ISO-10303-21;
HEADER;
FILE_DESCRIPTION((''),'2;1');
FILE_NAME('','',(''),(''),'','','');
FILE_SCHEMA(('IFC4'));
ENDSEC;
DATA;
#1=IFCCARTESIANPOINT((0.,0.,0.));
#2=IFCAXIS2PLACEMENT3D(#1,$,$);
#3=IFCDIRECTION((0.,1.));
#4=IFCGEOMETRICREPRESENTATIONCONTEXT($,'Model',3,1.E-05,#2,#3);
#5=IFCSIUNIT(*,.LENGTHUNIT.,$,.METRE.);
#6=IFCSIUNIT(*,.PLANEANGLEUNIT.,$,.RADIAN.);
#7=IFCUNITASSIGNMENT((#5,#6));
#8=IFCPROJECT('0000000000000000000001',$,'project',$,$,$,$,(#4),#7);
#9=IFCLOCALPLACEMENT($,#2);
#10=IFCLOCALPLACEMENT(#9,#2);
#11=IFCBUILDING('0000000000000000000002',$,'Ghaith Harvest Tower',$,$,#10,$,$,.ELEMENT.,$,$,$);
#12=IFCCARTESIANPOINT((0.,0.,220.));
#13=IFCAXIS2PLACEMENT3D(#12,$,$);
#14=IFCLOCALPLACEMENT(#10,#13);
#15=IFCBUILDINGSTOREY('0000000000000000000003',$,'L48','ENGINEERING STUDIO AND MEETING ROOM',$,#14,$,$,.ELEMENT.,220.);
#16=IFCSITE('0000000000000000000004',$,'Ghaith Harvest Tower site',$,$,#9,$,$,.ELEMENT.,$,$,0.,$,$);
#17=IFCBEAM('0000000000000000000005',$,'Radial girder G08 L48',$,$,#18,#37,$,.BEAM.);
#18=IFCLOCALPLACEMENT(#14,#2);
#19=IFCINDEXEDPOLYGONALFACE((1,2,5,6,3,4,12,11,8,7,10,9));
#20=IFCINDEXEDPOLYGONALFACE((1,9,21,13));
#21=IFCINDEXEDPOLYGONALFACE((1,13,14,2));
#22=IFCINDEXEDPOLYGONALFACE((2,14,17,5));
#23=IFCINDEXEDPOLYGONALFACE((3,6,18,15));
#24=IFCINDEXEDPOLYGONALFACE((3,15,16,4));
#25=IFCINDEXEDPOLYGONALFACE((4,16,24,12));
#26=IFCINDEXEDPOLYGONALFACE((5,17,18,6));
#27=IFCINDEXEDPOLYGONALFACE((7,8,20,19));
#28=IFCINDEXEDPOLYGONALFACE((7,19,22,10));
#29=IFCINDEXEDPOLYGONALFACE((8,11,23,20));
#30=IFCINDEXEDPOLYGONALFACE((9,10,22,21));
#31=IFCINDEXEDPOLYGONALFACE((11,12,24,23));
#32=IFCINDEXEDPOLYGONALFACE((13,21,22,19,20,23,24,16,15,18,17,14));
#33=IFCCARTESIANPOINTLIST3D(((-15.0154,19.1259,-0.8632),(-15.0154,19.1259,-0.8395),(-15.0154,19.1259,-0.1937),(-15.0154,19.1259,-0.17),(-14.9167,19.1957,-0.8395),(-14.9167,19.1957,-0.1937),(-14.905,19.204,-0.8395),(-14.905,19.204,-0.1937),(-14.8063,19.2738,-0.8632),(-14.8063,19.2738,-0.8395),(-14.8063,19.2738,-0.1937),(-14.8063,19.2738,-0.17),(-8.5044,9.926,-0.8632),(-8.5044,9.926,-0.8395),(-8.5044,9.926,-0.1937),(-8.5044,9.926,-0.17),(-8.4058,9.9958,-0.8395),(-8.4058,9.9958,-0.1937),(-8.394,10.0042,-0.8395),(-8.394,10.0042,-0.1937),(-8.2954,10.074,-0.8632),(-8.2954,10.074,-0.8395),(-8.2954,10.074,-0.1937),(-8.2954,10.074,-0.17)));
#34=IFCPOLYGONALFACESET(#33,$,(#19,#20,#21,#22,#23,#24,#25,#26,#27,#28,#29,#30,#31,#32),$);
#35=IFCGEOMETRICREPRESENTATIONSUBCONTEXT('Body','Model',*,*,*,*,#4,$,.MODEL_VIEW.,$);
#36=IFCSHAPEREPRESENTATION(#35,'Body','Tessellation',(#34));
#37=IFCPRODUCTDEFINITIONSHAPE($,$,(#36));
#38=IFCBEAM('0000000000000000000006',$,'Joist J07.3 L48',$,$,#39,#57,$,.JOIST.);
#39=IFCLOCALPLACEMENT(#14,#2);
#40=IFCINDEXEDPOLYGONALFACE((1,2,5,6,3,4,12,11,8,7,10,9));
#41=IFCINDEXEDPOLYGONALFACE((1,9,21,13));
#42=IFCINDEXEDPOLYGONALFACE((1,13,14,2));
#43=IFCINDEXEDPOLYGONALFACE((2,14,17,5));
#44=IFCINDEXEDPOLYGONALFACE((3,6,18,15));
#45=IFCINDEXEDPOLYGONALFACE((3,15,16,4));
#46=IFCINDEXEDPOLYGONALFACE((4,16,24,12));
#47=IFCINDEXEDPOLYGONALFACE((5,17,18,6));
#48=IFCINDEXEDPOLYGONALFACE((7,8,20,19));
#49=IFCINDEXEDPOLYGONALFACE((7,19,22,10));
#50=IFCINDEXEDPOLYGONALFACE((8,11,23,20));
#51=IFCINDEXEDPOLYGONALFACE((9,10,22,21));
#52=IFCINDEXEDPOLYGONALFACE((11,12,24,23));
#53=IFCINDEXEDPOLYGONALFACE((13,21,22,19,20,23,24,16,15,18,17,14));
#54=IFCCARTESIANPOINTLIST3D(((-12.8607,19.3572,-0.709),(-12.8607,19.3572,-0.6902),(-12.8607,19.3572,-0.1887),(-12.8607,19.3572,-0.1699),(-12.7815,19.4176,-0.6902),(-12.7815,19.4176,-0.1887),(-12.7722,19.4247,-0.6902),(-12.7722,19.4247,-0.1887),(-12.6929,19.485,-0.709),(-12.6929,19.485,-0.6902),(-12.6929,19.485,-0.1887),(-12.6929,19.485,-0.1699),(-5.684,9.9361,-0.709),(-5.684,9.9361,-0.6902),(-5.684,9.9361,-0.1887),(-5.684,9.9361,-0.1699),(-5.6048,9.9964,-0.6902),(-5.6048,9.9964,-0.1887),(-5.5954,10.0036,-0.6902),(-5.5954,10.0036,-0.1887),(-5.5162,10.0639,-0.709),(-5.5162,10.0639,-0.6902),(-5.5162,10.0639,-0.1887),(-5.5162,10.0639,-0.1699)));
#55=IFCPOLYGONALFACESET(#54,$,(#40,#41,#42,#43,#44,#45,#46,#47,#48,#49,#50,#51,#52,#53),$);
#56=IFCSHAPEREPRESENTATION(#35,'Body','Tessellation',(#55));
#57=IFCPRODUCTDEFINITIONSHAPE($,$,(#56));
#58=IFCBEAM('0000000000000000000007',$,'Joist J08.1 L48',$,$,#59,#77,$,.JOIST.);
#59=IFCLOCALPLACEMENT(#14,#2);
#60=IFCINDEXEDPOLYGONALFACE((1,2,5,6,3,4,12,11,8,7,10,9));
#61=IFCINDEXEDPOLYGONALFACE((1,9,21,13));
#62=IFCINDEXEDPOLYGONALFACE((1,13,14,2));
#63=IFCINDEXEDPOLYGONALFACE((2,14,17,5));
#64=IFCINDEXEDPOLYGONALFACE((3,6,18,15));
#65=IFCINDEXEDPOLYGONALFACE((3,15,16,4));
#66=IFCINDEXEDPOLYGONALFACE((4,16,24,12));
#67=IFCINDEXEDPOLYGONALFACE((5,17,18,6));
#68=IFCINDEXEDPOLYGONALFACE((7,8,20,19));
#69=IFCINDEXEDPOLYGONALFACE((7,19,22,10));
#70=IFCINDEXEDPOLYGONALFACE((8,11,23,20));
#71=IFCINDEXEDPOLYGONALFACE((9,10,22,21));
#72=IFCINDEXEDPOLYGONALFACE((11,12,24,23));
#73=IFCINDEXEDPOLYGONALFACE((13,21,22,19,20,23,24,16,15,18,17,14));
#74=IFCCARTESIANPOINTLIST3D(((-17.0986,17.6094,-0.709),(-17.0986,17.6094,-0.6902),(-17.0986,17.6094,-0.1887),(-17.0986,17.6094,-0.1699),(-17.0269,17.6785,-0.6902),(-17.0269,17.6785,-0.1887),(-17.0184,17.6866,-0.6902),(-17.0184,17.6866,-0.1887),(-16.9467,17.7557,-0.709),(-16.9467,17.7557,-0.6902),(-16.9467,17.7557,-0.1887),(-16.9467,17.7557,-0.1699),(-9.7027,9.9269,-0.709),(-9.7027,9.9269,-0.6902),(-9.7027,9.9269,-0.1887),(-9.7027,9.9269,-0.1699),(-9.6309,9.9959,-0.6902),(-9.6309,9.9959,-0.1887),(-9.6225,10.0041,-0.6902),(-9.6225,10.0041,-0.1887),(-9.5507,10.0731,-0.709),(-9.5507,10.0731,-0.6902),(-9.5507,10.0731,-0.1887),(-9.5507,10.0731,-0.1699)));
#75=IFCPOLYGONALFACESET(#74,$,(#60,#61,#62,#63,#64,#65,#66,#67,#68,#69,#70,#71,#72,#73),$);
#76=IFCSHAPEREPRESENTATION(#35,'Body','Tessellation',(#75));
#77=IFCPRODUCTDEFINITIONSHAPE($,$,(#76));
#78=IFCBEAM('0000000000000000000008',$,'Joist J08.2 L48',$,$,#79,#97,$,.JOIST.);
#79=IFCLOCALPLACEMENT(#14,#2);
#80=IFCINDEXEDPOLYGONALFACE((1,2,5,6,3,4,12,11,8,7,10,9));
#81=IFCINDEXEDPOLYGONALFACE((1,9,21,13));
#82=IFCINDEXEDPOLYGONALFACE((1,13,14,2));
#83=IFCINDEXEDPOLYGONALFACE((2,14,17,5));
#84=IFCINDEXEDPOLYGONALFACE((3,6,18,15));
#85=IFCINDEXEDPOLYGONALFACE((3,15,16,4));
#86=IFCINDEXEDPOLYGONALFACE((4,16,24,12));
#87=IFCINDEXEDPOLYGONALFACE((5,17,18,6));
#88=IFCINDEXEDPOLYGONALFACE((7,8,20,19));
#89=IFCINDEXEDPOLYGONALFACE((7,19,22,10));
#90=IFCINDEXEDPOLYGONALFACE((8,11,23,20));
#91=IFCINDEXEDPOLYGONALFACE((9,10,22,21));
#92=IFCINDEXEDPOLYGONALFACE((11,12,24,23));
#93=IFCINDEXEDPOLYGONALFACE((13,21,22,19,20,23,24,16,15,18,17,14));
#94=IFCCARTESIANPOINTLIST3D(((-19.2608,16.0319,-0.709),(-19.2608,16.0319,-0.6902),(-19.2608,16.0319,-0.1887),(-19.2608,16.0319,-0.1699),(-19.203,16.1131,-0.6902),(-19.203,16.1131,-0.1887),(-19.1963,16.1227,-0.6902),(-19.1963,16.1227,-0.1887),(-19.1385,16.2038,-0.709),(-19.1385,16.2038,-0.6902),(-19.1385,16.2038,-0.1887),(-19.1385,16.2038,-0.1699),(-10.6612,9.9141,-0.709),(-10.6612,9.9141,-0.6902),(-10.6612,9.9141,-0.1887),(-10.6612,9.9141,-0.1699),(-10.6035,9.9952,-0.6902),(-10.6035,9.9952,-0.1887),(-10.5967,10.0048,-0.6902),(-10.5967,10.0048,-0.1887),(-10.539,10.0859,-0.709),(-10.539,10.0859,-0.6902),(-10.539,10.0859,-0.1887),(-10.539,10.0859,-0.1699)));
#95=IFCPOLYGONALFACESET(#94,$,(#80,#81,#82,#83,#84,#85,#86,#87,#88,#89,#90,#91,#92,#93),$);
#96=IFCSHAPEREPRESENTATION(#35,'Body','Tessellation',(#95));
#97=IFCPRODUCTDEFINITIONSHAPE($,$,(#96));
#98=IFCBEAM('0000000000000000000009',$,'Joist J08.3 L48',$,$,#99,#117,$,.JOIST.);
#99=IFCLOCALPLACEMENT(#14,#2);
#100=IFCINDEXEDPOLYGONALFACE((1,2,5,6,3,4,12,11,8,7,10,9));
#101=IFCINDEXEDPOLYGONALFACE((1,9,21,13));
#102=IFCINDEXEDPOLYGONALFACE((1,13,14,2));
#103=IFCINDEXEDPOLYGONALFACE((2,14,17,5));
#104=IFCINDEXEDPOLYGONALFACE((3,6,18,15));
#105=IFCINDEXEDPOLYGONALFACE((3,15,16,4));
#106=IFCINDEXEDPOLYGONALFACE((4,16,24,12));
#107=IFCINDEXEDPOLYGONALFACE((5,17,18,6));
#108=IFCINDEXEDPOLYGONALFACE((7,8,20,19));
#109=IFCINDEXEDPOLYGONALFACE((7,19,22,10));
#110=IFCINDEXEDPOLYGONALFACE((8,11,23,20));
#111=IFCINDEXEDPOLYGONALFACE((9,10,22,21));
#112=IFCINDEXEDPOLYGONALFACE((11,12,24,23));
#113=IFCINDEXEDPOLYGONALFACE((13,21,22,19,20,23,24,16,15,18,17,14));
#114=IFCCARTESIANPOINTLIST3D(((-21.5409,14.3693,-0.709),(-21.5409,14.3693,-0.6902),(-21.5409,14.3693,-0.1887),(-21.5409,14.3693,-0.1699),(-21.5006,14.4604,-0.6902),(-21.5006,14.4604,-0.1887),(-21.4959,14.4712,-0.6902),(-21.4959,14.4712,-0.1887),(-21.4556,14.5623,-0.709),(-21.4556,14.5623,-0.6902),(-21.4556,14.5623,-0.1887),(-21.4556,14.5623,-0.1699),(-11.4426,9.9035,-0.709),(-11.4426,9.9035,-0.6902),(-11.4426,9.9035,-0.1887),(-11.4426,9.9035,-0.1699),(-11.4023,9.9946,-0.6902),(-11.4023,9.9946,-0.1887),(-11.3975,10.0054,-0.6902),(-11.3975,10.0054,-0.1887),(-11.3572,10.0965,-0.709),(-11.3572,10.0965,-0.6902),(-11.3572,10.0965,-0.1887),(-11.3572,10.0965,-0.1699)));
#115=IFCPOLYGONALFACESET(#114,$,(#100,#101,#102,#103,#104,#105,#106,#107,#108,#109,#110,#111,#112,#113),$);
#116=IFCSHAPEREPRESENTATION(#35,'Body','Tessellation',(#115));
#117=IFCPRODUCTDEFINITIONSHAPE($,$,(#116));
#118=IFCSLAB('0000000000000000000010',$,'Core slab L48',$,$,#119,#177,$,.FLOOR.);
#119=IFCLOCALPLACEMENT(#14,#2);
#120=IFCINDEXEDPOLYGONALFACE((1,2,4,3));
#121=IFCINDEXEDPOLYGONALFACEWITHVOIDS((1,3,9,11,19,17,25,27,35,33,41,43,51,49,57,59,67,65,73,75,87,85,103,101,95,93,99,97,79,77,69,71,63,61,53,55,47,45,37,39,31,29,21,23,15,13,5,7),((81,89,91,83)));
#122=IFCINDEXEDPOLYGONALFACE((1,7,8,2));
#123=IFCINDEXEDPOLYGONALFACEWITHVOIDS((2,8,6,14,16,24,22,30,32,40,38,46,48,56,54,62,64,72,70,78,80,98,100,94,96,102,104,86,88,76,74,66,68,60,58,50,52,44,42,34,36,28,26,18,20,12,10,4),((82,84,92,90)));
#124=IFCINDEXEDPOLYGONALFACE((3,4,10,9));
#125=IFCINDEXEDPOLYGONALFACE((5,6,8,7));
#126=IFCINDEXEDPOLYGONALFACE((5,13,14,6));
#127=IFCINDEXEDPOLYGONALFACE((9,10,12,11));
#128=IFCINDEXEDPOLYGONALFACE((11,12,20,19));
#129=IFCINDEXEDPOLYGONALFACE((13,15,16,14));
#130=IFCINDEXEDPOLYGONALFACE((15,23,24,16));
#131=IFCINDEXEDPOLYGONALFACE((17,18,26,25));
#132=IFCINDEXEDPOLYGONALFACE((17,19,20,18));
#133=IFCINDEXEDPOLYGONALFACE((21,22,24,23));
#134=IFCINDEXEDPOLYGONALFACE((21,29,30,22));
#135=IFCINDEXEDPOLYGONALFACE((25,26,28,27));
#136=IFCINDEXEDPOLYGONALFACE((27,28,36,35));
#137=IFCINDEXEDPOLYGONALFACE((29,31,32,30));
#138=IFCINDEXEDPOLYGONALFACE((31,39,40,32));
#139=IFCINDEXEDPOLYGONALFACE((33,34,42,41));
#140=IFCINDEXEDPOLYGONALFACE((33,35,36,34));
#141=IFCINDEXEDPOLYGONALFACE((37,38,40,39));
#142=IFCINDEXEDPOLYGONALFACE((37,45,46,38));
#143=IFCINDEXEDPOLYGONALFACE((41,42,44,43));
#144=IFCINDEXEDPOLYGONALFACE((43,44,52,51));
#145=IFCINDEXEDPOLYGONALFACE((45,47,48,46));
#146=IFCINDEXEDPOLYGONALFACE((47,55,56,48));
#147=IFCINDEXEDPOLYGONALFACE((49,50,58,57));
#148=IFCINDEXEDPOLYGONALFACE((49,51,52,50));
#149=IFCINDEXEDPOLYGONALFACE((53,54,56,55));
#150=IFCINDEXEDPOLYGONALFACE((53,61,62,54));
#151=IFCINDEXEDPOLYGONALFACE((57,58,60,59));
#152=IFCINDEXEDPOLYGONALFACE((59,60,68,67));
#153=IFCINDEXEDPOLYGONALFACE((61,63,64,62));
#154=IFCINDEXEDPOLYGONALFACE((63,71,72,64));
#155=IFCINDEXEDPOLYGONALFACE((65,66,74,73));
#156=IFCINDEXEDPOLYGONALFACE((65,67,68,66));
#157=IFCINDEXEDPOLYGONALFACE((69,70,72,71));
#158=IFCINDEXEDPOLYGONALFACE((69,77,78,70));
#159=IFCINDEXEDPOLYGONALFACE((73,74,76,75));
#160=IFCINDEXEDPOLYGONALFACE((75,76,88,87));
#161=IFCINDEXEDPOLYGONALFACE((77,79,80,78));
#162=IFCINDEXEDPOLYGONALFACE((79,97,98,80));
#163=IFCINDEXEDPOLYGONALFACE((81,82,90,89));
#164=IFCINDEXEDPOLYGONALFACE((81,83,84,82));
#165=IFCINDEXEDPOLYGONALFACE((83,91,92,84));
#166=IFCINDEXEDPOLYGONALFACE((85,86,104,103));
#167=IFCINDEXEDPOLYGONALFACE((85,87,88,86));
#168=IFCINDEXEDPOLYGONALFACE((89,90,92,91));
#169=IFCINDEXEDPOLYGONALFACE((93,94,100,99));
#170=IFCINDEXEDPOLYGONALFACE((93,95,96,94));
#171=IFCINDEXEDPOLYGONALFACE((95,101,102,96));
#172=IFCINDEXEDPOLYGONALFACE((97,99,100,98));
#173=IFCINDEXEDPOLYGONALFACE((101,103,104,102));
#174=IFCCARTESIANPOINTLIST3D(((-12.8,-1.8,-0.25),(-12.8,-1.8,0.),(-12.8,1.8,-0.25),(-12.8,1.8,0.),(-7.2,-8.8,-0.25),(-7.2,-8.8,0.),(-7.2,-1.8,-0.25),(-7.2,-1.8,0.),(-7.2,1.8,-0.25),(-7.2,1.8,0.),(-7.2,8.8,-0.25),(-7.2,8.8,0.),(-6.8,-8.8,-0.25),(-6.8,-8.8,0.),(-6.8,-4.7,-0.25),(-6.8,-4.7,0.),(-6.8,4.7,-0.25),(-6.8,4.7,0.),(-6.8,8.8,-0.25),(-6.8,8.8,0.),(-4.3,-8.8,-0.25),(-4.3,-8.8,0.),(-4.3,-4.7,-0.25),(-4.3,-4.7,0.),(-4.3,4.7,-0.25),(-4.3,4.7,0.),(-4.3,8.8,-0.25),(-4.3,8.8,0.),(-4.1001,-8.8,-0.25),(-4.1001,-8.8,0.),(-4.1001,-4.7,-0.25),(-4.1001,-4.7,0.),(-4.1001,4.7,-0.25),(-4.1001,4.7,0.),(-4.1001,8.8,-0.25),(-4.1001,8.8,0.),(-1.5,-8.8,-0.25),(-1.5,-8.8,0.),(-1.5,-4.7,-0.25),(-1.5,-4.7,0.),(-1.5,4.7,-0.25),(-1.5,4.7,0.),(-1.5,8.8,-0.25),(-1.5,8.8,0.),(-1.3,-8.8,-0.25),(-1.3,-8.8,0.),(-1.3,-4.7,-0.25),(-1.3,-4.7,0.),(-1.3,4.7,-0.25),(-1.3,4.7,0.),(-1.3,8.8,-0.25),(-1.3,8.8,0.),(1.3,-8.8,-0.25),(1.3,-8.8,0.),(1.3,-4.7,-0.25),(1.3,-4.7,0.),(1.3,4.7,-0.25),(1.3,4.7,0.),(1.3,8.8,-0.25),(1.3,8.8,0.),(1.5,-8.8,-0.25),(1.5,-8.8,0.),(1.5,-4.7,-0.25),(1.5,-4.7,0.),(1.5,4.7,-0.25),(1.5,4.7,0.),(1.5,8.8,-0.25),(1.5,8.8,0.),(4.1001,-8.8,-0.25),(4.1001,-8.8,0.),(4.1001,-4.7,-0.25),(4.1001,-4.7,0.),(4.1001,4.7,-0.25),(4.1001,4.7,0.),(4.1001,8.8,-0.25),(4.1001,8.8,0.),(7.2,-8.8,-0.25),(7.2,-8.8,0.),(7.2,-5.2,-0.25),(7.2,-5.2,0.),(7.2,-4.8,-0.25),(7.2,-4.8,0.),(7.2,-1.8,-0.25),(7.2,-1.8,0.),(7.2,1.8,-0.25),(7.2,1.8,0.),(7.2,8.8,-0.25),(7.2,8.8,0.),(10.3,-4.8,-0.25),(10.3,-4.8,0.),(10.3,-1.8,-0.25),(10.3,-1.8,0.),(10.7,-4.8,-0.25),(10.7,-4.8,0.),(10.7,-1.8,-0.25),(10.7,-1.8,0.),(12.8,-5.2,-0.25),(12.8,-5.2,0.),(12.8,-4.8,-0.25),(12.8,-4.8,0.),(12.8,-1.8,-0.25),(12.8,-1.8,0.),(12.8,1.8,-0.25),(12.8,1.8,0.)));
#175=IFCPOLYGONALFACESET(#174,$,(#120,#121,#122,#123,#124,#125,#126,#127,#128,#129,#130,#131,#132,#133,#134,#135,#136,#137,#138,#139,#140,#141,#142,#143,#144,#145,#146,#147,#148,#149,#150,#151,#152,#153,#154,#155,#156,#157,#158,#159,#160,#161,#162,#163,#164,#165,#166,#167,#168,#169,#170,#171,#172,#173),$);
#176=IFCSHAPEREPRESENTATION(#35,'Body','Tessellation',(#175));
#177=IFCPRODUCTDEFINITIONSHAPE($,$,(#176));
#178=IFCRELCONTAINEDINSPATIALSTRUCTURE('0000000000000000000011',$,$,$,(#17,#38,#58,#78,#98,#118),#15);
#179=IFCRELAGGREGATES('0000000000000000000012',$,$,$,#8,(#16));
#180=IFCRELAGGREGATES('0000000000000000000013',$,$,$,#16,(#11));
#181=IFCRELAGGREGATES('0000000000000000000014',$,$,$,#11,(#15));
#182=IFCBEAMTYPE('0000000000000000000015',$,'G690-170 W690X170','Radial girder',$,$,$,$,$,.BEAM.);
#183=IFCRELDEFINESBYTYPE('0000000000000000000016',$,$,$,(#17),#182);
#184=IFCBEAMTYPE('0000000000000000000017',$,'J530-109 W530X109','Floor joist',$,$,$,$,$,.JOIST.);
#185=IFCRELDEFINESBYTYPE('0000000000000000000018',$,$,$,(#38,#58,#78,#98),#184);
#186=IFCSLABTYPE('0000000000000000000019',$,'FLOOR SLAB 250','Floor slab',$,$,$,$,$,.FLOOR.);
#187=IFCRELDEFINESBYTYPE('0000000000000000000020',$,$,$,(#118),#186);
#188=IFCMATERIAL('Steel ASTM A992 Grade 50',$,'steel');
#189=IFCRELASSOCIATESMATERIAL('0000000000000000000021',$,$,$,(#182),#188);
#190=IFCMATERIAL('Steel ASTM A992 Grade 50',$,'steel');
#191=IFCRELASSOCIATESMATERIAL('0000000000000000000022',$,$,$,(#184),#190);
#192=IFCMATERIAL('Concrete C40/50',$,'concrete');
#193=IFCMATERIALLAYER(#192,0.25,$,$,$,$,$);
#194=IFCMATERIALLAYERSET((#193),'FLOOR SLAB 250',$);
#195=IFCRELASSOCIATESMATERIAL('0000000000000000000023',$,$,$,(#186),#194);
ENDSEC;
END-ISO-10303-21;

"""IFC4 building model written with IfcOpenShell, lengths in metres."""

from ifc_helpers import new_model, si_unit, direction, frame, origin, origin_2d, place, context, subcontext, project, spatial, polyline, i_section, outline, extrude, material, layer, layer_set, material_profile, profile_set, type_object, element, save


model = new_model("IFC4")

# Units and contexts
model_context = context("Model", 3, precision=1e-05, world=origin(), true_north=direction((0.0, 1.0)))
body_context = subcontext(model_context, "Body", "Model", "MODEL_VIEW")
ifc_project = project(units=[si_unit("LENGTHUNIT", "METRE"), si_unit("PLANEANGLEUNIT", "RADIAN")], contexts=[model_context])

# Site, building, storey
site_placement = place(None, origin())
site = spatial("IfcSite", under=ifc_project, at=site_placement, Name="Ghaith Harvest Tower site", CompositionType="ELEMENT", RefElevation=0.0)
building_placement = place(site_placement, origin())
building = spatial("IfcBuilding", under=site, at=building_placement, Name="Ghaith Harvest Tower", CompositionType="ELEMENT")
storey_placement = place(building_placement, frame((0.0, 0.0, 220.0)))
storey = spatial("IfcBuildingStorey", under=building, at=storey_placement, Name="L48", Description="ENGINEERING STUDIO AND MEETING ROOM", CompositionType="ELEMENT", Elevation=220.0)

# Beams
ifc_material_1 = material(Name="Steel ASTM A992 Grade 50", Category="steel")
ifc_material_profile_1 = material_profile(ifc_material_1, i_section(OverallWidth=0.2561, OverallDepth=0.6931, WebThickness=0.0144, FlangeThickness=0.0237, at=origin_2d()), Name="W690X170")
ifc_profile_set_1 = profile_set([ifc_material_profile_1], Name="Steel ASTM A992 Grade 50")
beam_type_1 = type_object("IfcBeamType", Name="G690-170 W690X170", Description="Radial girder", PredefinedType="BEAM", material=ifc_profile_set_1)
beam_1_placement = place(storey_placement, frame((-8.3999, 10.0, -0.5166), z_axis=(-0.577684, 0.816261, 0.0), x_axis=(-0.816261, -0.577684, 0.0)))
element("IfcBeam", 1, at=beam_1_placement, inside=storey, type_object=beam_type_1, Name="Radial girder G08 L48", PredefinedType="BEAM", context=body_context, shape_type="SweptSolid", body=[
    extrude(i_section(OverallWidth=0.2561, OverallDepth=0.6931, WebThickness=0.0144, FlangeThickness=0.0237, at=origin_2d()), origin(), (0.0, 0.0, 1.0), 11.2708),
])
ifc_material_2 = material(Name="Steel ASTM A992 Grade 50", Category="steel")
ifc_material_profile_2 = material_profile(ifc_material_2, i_section(OverallWidth=0.2109, OverallDepth=0.5391, WebThickness=0.0117, FlangeThickness=0.0188, at=origin_2d()), Name="W530X109")
ifc_profile_set_2 = profile_set([ifc_material_profile_2], Name="Steel ASTM A992 Grade 50")
beam_type_2 = type_object("IfcBeamType", Name="J530-109 W530X109", Description="Floor joist", PredefinedType="JOIST", material=ifc_profile_set_2)
beam_2_placement = place(storey_placement, frame((-5.6001, 10.0, -0.4395), z_axis=(-0.605976, 0.795483, 0.0), x_axis=(-0.795483, -0.605976, 0.0)))
element("IfcBeam", 2, at=beam_2_placement, inside=storey, type_object=beam_type_2, Name="Joist J07.3 L48", PredefinedType="JOIST", context=body_context, shape_type="SweptSolid", body=[
    extrude(i_section(OverallWidth=0.2109, OverallDepth=0.5391, WebThickness=0.0117, FlangeThickness=0.0188, at=origin_2d()), origin(), (0.0, 0.0, 1.0), 11.8433),
])
beam_3_placement = place(storey_placement, frame((-9.6267, 10.0, -0.4395), z_axis=(-0.69354, 0.720418, 0.0), x_axis=(-0.720418, -0.69354, 0.0)))
element("IfcBeam", 3, at=beam_3_placement, inside=storey, type_object=beam_type_2, Name="Joist J08.1 L48", PredefinedType="JOIST", context=body_context, shape_type="SweptSolid", body=[
    extrude(i_section(OverallWidth=0.2109, OverallDepth=0.5391, WebThickness=0.0117, FlangeThickness=0.0188, at=origin_2d()), origin(), (0.0, 0.0, 1.0), 10.6641),
])
beam_4_placement = place(storey_placement, frame((-10.6001, 10.0, -0.4395), z_axis=(-0.814837, 0.57969, 0.0), x_axis=(-0.57969, -0.814837, 0.0)))
element("IfcBeam", 4, at=beam_4_placement, inside=storey, type_object=beam_type_2, Name="Joist J08.2 L48", PredefinedType="JOIST", context=body_context, shape_type="SweptSolid", body=[
    extrude(i_section(OverallWidth=0.2109, OverallDepth=0.5391, WebThickness=0.0117, FlangeThickness=0.0188, at=origin_2d()), origin(), (0.0, 0.0, 1.0), 10.5537),
])
beam_5_placement = place(storey_placement, frame((-11.3999, 10.0, -0.4395), z_axis=(-0.914561, 0.404447, 0.0), x_axis=(-0.404447, -0.914561, 0.0)))
element("IfcBeam", 5, at=beam_5_placement, inside=storey, type_object=beam_type_2, Name="Joist J08.3 L48", PredefinedType="JOIST", context=body_context, shape_type="SweptSolid", body=[
    extrude(i_section(OverallWidth=0.2109, OverallDepth=0.5391, WebThickness=0.0117, FlangeThickness=0.0188, at=origin_2d()), origin(), (0.0, 0.0, 1.0), 11.0417),
])

# Slab
ifc_material_3 = material(Name="Concrete C40/50", Category="concrete")
ifc_layer_1 = layer(ifc_material_3, 0.25)
ifc_layer_set_1 = layer_set([ifc_layer_1], Name="FLOOR SLAB 250")
slab_type_1 = type_object("IfcSlabType", Name="FLOOR SLAB 250", Description="Floor slab", PredefinedType="FLOOR", material=ifc_layer_set_1)
slab_1_placement = place(storey_placement, frame((0.0, 0.0, -0.25)))
element("IfcSlab", 6, at=slab_1_placement, inside=storey, type_object=slab_type_1, Name="Core slab L48", PredefinedType="FLOOR", context=body_context, shape_type="SweptSolid", body=[
    extrude(outline(polyline([(-12.8, 1.8), (-7.2, 1.8), (-7.2, 8.8), (-6.8, 8.8), (-6.8, 4.7), (-4.3, 4.7), (-4.3, 8.8), (-4.1001, 8.8), (-4.1001, 4.7), (-1.5, 4.7), (-1.5, 8.8), (-1.3, 8.8), (-1.3, 4.7), (1.3, 4.7), (1.3, 8.8), (1.5, 8.8), (1.5, 4.7), (4.1001, 4.7), (4.1001, 8.8), (7.2, 8.8), (7.2, 1.8), (12.8, 1.8), (12.8, -1.8), (10.7, -1.8), (10.7, -4.8), (12.8, -4.8), (12.8, -5.2), (7.2, -5.2), (7.2, -8.8), (4.1001, -8.8), (4.1001, -4.7), (1.5, -4.7), (1.5, -8.8), (1.3, -8.8), (1.3, -4.7), (-1.3, -4.7), (-1.3, -8.8), (-1.5, -8.8), (-1.5, -4.7), (-4.1001, -4.7), (-4.1001, -8.8), (-4.3, -8.8), (-4.3, -4.7), (-6.8, -4.7), (-6.8, -8.8), (-7.2, -8.8), (-7.2, -1.8), (-12.8, -1.8), (-12.8, 1.8)]), holes=[polyline([(10.3, -4.8), (10.3, -1.8), (7.2, -1.8), (7.2, -4.8), (10.3, -4.8)])]), origin(), (0.0, 0.0, 1.0), 0.25),
])

save(model, "model.ifc")
